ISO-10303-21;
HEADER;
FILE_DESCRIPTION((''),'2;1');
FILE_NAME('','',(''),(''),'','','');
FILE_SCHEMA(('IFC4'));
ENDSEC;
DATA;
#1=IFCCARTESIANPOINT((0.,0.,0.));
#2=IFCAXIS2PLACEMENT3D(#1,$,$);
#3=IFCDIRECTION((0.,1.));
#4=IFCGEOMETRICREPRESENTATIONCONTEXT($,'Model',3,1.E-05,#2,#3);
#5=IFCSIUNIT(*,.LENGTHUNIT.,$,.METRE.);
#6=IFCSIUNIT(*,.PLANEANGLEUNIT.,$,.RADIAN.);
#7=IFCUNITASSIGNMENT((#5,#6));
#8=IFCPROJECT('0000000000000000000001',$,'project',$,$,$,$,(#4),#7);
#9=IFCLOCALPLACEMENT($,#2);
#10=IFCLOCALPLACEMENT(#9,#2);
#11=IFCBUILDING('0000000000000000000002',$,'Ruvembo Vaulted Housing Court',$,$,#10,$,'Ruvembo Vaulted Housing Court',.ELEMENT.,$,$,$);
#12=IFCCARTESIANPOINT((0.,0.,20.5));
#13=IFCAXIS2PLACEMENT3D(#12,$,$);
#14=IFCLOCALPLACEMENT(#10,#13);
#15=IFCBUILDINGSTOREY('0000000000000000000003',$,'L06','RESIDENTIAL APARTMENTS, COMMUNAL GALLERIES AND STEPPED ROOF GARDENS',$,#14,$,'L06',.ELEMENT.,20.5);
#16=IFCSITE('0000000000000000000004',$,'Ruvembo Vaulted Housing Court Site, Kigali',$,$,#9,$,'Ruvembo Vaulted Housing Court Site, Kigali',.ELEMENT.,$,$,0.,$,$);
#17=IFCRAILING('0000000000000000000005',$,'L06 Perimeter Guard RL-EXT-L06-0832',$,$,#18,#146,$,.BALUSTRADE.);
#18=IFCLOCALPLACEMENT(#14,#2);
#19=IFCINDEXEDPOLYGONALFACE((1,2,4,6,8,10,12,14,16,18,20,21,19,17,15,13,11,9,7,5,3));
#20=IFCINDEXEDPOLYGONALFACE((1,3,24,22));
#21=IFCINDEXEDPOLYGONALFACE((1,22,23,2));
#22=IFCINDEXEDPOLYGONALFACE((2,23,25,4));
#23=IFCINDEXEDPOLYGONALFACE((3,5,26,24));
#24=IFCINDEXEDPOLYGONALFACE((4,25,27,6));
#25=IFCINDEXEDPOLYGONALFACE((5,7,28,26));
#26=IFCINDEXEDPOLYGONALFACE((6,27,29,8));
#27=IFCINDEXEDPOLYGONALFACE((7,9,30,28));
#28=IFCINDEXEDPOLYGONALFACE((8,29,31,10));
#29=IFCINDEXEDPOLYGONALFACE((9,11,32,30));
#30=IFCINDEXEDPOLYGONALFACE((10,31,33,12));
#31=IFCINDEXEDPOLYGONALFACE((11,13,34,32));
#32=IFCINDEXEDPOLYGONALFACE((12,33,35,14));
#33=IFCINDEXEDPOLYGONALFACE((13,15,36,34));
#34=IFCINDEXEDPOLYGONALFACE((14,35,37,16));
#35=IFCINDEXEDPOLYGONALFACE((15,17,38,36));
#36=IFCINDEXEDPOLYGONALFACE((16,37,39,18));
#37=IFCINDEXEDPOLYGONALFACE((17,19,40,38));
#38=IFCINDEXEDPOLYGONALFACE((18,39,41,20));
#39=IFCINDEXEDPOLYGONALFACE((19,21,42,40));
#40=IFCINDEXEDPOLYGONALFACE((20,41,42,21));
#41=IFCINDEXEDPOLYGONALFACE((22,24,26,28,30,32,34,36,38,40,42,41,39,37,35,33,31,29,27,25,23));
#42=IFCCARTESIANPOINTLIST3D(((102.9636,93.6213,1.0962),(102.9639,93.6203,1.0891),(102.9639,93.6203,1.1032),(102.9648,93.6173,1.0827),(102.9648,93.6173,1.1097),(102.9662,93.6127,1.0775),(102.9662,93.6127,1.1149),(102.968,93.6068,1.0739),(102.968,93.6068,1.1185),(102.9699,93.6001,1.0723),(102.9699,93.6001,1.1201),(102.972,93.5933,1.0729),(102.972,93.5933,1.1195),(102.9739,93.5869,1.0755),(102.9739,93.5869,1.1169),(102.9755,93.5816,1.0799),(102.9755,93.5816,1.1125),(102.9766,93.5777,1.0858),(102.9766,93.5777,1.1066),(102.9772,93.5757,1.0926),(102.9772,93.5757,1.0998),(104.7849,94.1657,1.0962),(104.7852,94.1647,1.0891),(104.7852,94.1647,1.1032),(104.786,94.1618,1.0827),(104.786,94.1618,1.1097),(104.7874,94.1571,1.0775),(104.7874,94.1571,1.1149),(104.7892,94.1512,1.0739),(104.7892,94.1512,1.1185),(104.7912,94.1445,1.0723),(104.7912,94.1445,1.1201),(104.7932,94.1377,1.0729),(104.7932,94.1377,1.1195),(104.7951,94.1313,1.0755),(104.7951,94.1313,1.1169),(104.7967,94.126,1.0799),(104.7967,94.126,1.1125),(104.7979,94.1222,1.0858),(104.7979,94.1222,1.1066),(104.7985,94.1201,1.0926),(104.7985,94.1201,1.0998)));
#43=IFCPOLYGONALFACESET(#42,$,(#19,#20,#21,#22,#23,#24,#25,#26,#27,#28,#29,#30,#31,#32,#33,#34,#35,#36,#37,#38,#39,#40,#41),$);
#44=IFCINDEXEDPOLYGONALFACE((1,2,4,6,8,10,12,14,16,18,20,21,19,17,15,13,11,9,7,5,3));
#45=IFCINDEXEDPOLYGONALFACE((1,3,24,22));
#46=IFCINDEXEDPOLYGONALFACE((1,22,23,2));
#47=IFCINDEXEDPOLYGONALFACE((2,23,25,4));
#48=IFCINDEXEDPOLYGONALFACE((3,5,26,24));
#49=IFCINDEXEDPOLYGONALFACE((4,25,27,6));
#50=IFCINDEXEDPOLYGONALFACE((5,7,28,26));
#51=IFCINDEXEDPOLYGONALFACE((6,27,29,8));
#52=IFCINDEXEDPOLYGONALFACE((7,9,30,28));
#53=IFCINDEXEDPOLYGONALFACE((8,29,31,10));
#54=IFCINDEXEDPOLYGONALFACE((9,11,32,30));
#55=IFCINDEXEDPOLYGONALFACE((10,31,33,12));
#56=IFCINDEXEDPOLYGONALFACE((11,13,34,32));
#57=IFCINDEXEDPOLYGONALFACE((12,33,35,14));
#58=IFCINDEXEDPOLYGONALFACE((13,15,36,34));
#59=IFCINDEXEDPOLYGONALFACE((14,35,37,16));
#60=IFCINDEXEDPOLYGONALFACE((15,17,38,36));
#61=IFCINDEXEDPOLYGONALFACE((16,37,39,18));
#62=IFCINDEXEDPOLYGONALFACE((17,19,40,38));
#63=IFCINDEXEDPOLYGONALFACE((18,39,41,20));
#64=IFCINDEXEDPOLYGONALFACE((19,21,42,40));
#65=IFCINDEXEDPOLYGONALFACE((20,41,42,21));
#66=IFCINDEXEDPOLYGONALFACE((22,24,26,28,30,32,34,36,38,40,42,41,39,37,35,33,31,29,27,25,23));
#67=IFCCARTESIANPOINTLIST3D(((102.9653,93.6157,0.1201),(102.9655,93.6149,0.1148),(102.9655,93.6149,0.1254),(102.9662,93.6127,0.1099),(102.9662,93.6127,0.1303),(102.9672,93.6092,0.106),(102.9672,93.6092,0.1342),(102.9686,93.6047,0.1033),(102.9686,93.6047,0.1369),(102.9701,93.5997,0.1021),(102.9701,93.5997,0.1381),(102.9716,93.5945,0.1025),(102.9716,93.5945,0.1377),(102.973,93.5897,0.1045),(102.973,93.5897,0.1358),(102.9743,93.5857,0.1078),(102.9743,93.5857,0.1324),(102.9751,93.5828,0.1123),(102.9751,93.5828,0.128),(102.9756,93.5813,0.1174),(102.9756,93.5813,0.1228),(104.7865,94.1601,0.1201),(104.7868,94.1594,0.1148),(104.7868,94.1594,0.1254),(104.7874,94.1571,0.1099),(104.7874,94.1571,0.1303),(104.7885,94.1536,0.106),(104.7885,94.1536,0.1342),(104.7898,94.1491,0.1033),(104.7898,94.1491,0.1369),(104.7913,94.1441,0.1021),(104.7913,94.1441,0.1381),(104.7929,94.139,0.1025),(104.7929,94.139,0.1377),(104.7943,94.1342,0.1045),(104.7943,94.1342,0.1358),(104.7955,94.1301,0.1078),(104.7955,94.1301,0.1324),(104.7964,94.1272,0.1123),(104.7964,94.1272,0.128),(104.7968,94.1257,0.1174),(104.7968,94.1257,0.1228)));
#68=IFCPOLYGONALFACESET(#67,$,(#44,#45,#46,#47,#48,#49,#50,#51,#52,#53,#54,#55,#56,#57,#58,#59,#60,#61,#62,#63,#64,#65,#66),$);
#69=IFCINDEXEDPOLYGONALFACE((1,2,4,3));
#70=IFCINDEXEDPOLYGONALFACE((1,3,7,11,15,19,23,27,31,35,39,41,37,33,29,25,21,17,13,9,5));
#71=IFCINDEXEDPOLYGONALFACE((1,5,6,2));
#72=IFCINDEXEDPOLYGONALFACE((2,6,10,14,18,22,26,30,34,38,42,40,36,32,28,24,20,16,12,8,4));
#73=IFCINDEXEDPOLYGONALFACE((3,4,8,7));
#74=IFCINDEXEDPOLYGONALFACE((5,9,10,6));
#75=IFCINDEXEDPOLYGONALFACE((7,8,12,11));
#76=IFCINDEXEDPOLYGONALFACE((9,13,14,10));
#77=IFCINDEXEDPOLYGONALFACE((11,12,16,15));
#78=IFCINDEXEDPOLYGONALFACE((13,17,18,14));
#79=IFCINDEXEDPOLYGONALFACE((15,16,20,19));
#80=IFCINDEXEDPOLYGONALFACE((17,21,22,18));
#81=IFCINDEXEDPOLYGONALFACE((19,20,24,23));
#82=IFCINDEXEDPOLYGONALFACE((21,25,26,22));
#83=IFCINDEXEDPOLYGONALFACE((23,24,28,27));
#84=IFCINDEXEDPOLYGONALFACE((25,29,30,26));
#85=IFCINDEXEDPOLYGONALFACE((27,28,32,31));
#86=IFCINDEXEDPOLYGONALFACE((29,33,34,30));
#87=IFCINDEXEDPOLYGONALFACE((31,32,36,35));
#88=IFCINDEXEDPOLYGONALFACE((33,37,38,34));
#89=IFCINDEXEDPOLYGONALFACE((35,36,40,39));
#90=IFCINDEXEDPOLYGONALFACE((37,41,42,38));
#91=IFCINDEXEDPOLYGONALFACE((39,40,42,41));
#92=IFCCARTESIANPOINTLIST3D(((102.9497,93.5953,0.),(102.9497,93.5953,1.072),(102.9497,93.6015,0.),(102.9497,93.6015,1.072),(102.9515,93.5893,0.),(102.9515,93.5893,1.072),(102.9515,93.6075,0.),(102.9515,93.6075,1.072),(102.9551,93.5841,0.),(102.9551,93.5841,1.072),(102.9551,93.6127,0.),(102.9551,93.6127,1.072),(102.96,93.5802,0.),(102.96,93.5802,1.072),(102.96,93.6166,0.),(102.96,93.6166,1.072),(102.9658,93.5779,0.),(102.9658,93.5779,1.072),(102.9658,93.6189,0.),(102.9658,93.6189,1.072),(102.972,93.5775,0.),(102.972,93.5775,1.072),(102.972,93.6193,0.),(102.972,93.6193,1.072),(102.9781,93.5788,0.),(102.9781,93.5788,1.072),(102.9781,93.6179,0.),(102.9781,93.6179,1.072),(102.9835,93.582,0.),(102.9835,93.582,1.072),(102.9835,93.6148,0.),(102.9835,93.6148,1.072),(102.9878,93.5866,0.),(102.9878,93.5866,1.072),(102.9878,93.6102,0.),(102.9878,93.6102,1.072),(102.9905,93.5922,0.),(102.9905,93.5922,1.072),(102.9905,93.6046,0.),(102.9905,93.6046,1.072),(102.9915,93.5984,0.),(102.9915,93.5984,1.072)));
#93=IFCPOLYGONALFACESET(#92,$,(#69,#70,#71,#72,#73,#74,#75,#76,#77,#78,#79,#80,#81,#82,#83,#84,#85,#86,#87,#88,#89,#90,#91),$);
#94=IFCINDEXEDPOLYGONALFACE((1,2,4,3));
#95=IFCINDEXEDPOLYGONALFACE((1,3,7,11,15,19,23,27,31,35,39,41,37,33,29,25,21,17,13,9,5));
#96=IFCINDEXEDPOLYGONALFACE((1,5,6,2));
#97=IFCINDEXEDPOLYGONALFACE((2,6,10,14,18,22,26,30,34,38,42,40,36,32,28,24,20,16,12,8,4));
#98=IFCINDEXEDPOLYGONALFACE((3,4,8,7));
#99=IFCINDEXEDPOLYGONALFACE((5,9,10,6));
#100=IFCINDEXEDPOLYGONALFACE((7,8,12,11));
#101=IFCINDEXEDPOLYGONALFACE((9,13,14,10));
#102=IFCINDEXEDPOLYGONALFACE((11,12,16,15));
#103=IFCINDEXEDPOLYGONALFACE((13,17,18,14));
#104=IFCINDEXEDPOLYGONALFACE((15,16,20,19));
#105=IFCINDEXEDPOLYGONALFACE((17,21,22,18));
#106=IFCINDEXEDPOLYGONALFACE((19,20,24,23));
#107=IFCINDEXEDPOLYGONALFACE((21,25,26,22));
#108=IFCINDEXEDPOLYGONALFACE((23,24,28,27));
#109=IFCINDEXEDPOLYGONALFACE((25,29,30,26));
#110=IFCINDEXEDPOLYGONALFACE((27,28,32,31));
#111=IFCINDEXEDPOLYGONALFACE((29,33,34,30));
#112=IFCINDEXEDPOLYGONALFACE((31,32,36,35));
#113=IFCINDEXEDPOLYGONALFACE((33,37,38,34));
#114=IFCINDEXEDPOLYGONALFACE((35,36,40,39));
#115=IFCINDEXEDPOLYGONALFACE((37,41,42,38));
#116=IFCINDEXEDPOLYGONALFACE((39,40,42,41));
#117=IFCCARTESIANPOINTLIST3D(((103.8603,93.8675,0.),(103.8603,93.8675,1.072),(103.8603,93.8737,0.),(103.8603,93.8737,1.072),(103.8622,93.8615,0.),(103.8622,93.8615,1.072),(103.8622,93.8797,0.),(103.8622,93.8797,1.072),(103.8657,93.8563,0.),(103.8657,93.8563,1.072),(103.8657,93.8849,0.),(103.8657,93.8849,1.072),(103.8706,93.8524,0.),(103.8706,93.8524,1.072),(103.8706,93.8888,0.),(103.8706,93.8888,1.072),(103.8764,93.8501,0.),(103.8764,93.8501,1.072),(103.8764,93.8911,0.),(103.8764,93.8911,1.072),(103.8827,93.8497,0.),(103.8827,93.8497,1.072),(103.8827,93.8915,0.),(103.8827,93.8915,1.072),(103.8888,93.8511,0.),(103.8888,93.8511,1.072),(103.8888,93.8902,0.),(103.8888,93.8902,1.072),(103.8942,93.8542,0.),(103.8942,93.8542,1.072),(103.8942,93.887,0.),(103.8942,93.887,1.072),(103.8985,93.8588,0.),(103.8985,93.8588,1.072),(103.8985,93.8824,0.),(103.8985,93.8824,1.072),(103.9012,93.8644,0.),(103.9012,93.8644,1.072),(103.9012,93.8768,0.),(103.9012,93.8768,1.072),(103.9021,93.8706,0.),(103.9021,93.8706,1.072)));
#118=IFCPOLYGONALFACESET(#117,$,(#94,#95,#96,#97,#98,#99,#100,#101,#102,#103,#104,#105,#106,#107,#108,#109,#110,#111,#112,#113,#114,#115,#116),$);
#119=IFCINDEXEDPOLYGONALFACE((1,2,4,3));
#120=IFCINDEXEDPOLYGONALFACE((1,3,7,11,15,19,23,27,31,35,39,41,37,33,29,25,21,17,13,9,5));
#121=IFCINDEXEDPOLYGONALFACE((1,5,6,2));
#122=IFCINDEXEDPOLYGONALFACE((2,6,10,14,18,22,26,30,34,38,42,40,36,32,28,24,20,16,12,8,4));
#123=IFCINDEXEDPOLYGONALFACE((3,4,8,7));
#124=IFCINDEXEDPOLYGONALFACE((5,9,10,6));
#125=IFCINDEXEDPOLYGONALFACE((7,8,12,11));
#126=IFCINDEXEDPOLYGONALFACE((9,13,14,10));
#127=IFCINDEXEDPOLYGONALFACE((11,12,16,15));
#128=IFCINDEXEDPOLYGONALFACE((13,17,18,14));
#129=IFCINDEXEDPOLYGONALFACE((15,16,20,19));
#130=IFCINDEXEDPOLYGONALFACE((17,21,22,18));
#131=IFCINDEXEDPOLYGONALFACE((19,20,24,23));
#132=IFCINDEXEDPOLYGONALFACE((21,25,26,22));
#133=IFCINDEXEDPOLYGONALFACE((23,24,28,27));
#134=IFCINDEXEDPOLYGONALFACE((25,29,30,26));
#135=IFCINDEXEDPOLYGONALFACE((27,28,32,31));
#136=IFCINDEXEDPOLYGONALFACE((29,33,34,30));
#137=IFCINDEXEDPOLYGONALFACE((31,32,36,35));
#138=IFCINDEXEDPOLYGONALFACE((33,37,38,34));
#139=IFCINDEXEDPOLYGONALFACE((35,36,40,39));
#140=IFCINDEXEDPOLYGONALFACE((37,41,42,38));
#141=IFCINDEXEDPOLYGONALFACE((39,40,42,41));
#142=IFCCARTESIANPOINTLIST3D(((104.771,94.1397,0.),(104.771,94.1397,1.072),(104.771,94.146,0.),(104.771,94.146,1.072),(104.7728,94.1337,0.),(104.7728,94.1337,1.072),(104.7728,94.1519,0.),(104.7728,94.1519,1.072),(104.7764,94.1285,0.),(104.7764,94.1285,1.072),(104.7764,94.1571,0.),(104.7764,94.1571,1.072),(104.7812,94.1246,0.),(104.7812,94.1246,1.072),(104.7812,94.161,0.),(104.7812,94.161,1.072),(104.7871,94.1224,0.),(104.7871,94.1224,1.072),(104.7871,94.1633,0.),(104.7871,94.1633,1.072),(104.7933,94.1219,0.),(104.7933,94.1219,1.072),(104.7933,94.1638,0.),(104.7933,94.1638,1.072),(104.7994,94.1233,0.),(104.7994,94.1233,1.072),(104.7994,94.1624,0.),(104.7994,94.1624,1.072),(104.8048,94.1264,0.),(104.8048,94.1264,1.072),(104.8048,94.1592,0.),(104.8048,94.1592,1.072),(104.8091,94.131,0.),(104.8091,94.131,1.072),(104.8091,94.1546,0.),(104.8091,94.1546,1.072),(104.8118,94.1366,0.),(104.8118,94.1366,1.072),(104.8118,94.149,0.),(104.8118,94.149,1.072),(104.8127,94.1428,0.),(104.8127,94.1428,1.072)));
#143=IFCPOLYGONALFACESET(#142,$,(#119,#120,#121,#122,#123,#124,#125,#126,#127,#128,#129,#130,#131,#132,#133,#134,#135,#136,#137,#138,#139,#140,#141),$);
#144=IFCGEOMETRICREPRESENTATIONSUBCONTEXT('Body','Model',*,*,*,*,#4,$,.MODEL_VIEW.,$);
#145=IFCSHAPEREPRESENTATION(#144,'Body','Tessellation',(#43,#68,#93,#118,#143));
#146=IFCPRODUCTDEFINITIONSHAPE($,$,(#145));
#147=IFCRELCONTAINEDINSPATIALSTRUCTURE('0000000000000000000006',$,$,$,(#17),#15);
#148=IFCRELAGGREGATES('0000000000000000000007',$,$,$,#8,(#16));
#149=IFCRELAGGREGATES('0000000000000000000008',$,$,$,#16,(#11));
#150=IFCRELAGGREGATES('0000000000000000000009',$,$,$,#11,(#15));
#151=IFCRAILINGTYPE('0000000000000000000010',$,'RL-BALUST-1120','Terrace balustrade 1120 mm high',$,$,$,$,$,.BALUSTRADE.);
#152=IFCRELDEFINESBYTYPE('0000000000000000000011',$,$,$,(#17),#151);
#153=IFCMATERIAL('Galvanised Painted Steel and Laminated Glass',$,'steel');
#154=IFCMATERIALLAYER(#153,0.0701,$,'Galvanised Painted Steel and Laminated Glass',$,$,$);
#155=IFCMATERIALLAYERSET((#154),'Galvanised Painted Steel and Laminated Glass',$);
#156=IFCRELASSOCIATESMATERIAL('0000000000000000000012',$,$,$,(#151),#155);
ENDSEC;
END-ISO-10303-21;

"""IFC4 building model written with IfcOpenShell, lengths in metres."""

from ifc_helpers import new_model, si_unit, direction, frame, origin, origin_2d, place, context, subcontext, project, spatial, circle, extrude, material, layer, layer_set, type_object, element, save


model = new_model("IFC4")

# Units and contexts
model_context = context("Model", 3, precision=1e-05, world=origin(), true_north=direction((0.0, 1.0)))
body_context = subcontext(model_context, "Body", "Model", "MODEL_VIEW")
ifc_project = project(units=[si_unit("LENGTHUNIT", "METRE"), si_unit("PLANEANGLEUNIT", "RADIAN")], contexts=[model_context])

# Site, building, storey
site_placement = place(None, origin())
site = spatial("IfcSite", under=ifc_project, at=site_placement, Name="Ruvembo Vaulted Housing Court Site, Kigali", LongName="Ruvembo Vaulted Housing Court Site, Kigali", CompositionType="ELEMENT", RefElevation=0.0)
building_placement = place(site_placement, origin())
building = spatial("IfcBuilding", under=site, at=building_placement, Name="Ruvembo Vaulted Housing Court", LongName="Ruvembo Vaulted Housing Court", CompositionType="ELEMENT")
storey_placement = place(building_placement, frame((0.0, 0.0, 20.5)))
storey = spatial("IfcBuildingStorey", under=building, at=storey_placement, Name="L06", Description="RESIDENTIAL APARTMENTS, COMMUNAL GALLERIES AND STEPPED ROOF GARDENS", LongName="L06", CompositionType="ELEMENT", Elevation=20.5)

# Railing
ifc_material_1 = material(Name="Galvanised Painted Steel and Laminated Glass", Category="steel")
ifc_layer = layer(ifc_material_1, 0.0701, Name="Galvanised Painted Steel and Laminated Glass")
ifc_layer_set = layer_set([ifc_layer], Name="Galvanised Painted Steel and Laminated Glass")
railing_type = type_object("IfcRailingType", Name="RL-BALUST-1120", Description="Terrace balustrade 1120 mm high", PredefinedType="BALUSTRADE", material=ifc_layer_set)
railing_1_placement = place(storey_placement, frame((102.9705, 93.5984, 0.0)))
element("IfcRailing", 1, at=railing_1_placement, inside=storey, type_object=railing_type, Name="L06 Perimeter Guard RL-EXT-L06-0832", PredefinedType="BALUSTRADE", context=body_context, shape_type="SweptSolid", body=[
    extrude(circle(Radius=0.0239, at=origin_2d()), frame((0.0, 0.0, 1.0962), z_axis=(0.958109, 0.286405, 0.0), x_axis=(-0.286405, 0.958109, 0.0)), (0.0, 0.0, 1.0), 1.9009),
    extrude(circle(Radius=0.0181, at=origin_2d()), frame((0.0, 0.0, 0.1201), z_axis=(0.958109, 0.286405, 0.0), x_axis=(-0.286405, 0.958109, 0.0)), (0.0, 0.0, 1.0), 1.9009),
    extrude(circle(Radius=0.021, at=origin_2d()), origin(), (0.0, 0.0, 1.0), 1.072),
    extrude(circle(Radius=0.021, at=origin_2d()), frame((0.9106, 0.2722, 0.0)), (0.0, 0.0, 1.0), 1.072),
    extrude(circle(Radius=0.021, at=origin_2d()), frame((1.8213, 0.5444, 0.0)), (0.0, 0.0, 1.0), 1.072),
])

save(model, "model.ifc")
